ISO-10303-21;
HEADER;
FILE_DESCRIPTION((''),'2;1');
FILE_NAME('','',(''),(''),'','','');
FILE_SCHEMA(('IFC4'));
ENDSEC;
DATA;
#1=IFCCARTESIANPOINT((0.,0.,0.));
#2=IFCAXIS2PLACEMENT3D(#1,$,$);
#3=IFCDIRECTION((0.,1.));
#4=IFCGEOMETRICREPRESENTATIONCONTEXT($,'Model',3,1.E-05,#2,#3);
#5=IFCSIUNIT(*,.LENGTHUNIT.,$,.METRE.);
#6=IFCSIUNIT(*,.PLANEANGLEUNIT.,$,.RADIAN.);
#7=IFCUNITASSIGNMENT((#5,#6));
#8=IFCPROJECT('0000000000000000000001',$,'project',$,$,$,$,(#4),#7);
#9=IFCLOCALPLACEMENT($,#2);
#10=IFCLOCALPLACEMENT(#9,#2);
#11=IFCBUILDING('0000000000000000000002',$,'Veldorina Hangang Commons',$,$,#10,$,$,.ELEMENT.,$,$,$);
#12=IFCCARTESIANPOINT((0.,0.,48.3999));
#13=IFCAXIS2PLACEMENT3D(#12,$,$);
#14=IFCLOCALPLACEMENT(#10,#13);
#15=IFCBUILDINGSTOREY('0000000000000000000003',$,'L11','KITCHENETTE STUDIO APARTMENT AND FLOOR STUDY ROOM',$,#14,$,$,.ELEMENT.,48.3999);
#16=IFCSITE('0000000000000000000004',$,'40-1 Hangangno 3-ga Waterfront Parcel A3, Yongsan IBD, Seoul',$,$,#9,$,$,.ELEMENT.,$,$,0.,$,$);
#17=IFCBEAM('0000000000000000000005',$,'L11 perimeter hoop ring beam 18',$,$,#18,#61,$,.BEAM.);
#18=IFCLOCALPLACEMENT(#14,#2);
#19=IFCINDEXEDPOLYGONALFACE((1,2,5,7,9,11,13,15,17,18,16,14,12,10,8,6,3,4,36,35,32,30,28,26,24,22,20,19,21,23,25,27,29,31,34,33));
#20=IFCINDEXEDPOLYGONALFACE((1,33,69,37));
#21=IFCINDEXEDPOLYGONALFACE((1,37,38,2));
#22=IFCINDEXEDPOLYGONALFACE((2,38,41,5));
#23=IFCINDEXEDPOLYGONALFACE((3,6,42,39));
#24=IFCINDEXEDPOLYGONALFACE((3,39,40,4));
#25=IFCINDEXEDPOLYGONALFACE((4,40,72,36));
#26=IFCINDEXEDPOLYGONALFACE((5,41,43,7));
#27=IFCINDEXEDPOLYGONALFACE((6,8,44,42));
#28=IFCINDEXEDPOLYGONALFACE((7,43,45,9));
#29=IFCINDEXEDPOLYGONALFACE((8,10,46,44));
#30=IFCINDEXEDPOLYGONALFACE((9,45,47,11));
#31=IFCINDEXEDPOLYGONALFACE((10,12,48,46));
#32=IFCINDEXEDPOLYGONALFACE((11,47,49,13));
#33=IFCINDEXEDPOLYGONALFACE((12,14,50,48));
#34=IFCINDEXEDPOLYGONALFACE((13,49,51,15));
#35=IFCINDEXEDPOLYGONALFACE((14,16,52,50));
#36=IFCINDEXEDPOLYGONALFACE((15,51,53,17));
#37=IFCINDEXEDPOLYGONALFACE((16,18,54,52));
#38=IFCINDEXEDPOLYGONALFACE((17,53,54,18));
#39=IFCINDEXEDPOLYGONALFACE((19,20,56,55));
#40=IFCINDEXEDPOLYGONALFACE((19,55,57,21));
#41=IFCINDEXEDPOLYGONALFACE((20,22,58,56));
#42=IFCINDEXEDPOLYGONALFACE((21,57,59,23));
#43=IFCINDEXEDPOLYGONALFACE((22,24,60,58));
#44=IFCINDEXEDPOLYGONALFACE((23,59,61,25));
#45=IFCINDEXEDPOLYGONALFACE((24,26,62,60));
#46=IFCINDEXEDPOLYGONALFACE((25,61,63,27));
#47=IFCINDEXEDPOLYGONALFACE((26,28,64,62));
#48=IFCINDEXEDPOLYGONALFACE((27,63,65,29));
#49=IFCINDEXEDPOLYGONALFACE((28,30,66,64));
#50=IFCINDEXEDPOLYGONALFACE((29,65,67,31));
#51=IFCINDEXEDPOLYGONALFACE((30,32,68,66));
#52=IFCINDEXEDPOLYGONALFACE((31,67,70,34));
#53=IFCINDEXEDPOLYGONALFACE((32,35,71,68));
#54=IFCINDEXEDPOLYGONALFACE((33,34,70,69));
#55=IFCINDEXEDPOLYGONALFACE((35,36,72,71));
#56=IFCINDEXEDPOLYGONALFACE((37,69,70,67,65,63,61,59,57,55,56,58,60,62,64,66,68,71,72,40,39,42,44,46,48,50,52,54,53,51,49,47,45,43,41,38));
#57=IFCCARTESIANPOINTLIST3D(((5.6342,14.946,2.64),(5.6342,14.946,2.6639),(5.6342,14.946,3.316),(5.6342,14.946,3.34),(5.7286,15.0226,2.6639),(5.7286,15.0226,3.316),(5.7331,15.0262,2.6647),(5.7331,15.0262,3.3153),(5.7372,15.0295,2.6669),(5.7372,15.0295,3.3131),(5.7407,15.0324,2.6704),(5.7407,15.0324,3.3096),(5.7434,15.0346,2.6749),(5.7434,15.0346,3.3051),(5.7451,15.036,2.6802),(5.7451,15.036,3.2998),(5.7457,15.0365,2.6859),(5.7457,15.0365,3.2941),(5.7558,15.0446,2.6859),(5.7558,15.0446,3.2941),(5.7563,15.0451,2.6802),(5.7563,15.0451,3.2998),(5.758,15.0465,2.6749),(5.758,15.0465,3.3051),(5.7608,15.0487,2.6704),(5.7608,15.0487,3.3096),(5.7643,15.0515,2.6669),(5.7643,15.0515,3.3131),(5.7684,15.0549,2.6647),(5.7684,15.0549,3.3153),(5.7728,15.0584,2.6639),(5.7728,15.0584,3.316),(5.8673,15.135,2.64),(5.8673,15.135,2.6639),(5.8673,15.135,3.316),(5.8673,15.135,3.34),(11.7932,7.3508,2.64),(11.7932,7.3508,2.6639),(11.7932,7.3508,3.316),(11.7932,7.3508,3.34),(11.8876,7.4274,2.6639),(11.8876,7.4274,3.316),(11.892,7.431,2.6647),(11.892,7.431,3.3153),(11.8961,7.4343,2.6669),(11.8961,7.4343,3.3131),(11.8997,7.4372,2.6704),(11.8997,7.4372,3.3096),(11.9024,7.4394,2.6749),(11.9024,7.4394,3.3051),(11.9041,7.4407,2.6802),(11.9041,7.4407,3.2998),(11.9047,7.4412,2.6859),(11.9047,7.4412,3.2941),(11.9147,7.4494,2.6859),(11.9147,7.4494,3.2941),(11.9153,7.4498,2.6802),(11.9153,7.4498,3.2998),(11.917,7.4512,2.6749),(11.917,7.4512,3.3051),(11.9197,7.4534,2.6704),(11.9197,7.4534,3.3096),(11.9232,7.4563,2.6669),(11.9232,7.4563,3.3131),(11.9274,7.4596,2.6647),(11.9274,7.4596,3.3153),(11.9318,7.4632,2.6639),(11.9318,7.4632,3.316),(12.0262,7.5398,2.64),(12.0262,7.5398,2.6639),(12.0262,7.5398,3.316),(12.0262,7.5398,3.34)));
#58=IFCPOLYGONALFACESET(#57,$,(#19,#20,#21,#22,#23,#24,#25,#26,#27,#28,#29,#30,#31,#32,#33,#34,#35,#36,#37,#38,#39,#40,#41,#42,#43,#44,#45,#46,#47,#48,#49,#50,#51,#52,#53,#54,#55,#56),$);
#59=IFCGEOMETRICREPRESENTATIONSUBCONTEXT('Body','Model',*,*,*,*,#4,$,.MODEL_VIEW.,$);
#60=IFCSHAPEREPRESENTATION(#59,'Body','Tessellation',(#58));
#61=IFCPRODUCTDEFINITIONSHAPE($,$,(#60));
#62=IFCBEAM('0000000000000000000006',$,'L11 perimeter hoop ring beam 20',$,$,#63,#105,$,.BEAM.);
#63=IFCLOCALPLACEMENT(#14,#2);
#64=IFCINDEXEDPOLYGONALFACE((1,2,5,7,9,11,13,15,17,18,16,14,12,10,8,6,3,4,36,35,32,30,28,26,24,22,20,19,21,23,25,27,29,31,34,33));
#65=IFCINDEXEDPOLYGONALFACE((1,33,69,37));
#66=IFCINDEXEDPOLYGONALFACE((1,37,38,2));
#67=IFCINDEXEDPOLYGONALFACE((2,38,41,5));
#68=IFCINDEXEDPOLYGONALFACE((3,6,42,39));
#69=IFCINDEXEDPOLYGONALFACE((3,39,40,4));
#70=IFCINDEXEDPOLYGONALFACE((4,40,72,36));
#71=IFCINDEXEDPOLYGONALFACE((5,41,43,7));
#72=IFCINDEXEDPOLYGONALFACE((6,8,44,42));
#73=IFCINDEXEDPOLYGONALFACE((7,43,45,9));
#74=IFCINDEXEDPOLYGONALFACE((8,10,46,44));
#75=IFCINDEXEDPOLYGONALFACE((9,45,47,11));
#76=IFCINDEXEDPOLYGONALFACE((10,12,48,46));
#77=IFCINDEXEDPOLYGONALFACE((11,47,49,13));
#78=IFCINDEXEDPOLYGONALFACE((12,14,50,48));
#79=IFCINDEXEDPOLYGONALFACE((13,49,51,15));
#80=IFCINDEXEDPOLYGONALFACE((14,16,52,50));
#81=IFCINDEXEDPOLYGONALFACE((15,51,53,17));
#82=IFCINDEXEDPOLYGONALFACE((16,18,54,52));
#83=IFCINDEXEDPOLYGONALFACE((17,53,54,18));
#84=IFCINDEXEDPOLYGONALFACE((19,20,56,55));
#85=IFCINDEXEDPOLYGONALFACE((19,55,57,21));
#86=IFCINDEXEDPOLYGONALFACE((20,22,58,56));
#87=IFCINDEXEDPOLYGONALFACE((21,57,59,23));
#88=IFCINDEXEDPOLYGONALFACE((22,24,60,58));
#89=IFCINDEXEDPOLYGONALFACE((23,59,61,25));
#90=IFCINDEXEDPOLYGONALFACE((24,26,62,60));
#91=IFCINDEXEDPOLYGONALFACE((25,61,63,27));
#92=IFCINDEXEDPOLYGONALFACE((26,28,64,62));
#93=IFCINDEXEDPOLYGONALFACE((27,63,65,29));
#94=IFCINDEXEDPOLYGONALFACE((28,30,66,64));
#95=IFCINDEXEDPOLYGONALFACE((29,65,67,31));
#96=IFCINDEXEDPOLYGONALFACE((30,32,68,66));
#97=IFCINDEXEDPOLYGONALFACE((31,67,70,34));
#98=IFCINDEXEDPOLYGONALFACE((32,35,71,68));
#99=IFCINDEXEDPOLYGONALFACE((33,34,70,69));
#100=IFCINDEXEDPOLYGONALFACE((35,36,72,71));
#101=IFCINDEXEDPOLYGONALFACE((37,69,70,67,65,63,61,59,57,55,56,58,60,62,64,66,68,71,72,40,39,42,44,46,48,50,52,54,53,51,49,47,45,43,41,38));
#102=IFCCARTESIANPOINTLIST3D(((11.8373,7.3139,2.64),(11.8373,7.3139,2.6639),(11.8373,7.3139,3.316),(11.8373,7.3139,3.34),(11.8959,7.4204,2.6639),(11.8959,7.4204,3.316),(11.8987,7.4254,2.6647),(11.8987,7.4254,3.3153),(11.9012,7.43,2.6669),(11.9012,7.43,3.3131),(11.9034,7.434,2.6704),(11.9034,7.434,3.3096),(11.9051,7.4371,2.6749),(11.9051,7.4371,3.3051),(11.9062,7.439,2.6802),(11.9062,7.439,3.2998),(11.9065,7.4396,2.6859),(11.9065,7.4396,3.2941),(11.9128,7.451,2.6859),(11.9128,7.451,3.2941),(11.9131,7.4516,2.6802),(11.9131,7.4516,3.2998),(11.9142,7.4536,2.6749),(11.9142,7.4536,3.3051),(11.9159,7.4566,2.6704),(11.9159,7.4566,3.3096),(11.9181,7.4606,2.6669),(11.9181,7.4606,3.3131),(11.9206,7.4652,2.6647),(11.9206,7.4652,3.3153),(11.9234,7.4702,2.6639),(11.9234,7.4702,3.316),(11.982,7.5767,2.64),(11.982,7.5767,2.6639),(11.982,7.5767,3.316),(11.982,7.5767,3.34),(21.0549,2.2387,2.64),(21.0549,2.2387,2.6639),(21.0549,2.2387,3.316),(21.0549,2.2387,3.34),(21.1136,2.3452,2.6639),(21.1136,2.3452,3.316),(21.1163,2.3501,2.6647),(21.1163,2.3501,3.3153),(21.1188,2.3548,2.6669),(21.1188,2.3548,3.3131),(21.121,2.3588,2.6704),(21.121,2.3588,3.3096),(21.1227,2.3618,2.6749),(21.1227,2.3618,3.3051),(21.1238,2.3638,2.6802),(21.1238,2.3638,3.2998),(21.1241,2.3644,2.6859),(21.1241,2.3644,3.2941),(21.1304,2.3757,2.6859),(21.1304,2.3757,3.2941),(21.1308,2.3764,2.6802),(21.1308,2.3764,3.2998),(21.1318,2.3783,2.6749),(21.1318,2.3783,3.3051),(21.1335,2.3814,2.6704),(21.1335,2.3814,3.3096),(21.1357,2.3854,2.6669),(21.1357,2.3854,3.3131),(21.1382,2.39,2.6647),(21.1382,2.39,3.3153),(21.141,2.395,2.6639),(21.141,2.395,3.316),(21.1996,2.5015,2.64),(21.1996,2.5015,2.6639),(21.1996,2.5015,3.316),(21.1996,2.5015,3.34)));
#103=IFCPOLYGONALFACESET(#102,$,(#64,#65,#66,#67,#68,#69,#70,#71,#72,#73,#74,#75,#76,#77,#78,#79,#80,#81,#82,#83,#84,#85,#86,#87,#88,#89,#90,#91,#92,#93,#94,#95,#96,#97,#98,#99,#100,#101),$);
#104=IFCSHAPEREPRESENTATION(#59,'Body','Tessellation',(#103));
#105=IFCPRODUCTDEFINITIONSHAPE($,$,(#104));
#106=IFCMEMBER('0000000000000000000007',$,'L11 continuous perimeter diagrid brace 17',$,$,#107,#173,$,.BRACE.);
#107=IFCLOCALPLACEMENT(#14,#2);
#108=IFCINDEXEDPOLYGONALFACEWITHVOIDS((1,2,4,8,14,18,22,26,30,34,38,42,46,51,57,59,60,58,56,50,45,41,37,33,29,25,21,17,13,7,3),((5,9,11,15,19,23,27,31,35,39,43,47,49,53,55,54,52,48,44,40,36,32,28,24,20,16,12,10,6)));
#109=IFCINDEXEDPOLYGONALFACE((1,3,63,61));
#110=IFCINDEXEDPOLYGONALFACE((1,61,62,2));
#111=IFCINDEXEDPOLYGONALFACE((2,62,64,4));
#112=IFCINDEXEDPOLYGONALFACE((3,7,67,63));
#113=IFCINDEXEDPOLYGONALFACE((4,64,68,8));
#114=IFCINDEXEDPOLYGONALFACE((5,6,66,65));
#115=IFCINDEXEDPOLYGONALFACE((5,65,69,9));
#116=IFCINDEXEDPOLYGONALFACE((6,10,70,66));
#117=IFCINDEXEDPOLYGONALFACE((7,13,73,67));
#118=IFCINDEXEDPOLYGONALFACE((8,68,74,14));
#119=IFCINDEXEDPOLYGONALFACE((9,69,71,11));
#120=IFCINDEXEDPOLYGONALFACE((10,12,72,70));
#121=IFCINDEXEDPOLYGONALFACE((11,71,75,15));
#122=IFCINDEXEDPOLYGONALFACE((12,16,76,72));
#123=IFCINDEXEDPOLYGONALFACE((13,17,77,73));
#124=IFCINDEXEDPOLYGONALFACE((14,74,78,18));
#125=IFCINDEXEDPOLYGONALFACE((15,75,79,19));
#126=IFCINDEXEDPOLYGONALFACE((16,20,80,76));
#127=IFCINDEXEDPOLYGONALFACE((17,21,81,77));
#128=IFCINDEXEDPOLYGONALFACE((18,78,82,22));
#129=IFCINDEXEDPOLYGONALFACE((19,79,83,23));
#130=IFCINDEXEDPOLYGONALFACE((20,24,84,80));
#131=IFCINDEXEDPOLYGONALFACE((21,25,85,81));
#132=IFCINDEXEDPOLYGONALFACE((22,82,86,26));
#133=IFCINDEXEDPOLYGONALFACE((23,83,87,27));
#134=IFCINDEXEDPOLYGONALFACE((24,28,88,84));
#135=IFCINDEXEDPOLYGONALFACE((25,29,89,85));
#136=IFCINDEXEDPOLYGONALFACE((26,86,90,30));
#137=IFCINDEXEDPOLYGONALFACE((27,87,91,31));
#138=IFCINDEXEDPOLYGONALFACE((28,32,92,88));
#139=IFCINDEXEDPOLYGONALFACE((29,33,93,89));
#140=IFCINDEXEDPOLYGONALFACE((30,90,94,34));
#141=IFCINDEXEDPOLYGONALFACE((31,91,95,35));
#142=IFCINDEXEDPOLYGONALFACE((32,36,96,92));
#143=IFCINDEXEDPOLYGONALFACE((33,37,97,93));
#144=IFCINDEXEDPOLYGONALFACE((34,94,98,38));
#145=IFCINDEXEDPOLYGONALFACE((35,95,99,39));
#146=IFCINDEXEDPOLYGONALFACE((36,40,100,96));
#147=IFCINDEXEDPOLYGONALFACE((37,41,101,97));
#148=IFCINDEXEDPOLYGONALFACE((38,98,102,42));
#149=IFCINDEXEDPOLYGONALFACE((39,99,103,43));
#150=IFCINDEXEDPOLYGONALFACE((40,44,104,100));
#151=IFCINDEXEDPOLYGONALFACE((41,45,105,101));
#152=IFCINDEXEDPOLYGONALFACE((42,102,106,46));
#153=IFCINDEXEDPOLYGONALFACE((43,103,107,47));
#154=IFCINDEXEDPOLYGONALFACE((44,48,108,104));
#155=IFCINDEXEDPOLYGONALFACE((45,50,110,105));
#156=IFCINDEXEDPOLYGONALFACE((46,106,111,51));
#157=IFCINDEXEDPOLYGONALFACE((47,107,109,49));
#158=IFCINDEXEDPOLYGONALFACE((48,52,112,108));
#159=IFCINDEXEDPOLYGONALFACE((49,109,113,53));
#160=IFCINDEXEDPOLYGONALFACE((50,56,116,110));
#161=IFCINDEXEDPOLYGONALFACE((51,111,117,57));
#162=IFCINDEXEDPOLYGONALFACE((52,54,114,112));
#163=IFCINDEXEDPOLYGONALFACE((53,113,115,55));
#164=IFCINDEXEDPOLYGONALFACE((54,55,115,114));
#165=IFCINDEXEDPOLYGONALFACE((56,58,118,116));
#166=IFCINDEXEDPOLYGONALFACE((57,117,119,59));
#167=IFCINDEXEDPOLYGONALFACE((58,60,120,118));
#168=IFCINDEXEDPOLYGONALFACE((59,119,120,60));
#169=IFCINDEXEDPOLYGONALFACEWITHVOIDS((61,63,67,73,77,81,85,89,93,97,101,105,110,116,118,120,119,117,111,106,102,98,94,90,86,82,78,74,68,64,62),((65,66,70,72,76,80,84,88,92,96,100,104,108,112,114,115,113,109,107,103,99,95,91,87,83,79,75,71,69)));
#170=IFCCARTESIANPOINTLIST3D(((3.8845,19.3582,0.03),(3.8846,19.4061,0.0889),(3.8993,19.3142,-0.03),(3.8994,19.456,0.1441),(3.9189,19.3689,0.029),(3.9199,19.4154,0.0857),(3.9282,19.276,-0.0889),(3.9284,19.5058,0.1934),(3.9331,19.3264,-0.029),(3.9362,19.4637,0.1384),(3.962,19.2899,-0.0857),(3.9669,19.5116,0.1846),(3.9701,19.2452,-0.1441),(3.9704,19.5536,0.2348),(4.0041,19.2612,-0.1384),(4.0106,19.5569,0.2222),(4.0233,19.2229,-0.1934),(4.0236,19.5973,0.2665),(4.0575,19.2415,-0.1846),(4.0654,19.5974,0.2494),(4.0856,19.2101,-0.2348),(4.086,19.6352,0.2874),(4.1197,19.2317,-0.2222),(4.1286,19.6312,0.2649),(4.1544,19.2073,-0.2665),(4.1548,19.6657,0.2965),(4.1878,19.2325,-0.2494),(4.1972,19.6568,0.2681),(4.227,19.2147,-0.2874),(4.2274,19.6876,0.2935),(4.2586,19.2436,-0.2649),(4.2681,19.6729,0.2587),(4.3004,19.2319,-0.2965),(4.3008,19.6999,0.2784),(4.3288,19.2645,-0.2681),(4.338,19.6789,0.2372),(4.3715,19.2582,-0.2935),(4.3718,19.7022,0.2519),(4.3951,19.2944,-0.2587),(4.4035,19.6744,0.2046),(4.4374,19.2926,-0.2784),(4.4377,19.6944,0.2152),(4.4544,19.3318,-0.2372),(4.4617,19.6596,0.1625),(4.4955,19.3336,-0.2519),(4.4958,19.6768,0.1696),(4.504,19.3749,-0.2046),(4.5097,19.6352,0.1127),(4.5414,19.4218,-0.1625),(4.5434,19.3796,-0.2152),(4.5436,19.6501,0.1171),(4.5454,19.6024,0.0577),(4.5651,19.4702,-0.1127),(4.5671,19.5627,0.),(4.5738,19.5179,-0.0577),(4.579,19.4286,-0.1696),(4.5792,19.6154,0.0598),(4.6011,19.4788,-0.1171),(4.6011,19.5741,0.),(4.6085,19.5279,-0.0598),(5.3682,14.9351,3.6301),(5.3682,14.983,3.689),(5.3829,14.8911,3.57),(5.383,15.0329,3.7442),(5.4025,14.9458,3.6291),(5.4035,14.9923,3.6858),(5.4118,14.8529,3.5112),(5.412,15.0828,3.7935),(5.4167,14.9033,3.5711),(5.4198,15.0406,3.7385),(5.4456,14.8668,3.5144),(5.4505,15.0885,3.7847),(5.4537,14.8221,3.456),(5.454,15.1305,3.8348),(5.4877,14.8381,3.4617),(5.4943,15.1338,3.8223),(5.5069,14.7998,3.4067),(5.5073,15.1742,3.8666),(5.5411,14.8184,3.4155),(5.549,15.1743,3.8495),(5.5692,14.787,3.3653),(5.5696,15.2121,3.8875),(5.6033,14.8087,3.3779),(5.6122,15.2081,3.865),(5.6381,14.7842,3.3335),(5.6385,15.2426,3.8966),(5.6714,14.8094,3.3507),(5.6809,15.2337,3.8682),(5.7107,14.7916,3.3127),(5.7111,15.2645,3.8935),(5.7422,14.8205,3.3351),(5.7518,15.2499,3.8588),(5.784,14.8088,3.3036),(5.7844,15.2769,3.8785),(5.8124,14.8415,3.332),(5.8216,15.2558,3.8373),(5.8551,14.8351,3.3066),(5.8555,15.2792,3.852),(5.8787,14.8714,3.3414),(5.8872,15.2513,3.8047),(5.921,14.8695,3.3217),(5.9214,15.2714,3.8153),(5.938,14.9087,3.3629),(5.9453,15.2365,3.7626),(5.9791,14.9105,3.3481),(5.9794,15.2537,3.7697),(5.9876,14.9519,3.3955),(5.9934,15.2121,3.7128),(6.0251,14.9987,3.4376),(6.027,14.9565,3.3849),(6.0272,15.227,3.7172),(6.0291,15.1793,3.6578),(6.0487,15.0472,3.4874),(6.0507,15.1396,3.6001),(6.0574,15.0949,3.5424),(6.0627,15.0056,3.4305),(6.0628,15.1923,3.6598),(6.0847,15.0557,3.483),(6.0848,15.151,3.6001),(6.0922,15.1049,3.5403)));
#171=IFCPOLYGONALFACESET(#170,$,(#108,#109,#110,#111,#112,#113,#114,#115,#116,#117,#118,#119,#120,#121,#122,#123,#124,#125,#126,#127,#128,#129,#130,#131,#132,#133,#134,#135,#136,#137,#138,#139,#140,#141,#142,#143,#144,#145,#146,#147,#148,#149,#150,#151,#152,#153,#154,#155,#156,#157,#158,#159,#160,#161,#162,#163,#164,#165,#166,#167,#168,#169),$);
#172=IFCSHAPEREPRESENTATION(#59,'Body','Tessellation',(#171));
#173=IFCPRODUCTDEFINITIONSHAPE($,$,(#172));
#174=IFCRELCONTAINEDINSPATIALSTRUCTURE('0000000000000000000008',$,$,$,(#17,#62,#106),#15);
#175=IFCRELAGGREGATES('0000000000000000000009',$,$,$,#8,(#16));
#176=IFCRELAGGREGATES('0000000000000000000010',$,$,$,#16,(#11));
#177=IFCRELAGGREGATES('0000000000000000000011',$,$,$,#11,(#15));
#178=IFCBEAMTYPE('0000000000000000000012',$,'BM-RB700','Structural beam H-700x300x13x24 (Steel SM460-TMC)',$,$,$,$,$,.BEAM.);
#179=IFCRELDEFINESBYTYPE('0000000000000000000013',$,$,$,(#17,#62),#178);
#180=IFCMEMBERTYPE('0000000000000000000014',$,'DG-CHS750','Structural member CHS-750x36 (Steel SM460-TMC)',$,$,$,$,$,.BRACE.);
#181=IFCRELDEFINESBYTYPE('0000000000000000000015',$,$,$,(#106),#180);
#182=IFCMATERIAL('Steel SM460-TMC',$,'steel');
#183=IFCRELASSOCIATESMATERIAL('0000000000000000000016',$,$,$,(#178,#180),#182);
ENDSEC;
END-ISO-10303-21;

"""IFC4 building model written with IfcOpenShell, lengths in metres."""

from ifc_helpers import new_model, si_unit, direction, frame, origin, origin_2d, place, context, subcontext, project, spatial, hollow_circle, i_section, extrude, material, material_profile, profile_set, type_object, element, save


model = new_model("IFC4")

# Units and contexts
model_context = context("Model", 3, precision=1e-05, world=origin(), true_north=direction((0.0, 1.0)))
body_context = subcontext(model_context, "Body", "Model", "MODEL_VIEW")
ifc_project = project(units=[si_unit("LENGTHUNIT", "METRE"), si_unit("PLANEANGLEUNIT", "RADIAN")], contexts=[model_context])

# Site, building, storey
site_placement = place(None, origin())
site = spatial("IfcSite", under=ifc_project, at=site_placement, Name="40-1 Hangangno 3-ga Waterfront Parcel A3, Yongsan IBD, Seoul", CompositionType="ELEMENT", RefElevation=0.0)
building_placement = place(site_placement, origin())
building = spatial("IfcBuilding", under=site, at=building_placement, Name="Veldorina Hangang Commons", CompositionType="ELEMENT")
storey_placement = place(building_placement, frame((0.0, 0.0, 48.3999)))
storey = spatial("IfcBuildingStorey", under=building, at=storey_placement, Name="L11", Description="KITCHENETTE STUDIO APARTMENT AND FLOOR STUDY ROOM", CompositionType="ELEMENT", Elevation=48.3999)

# Beams
ifc_material_1 = material(Name="Steel SM460-TMC", Category="steel")
ifc_material_profile_1 = material_profile(ifc_material_1, i_section(OverallWidth=0.3, OverallDepth=0.7, WebThickness=0.0129, FlangeThickness=0.0239, FilletRadius=0.022, at=origin_2d()), Name="H-700x300x13x24")
ifc_profile_set_1 = profile_set([ifc_material_profile_1], Name="Steel SM460-TMC")
beam_type = type_object("IfcBeamType", Name="BM-RB700", Description="Structural beam H-700x300x13x24 (Steel SM460-TMC)", PredefinedType="BEAM", material=ifc_profile_set_1)
beam_1_placement = place(storey_placement, frame((5.7507, 15.0405, 2.99), z_axis=(0.629842, -0.776723, 0.0), x_axis=(0.776723, 0.629842, 0.0)))
element("IfcBeam", 1, at=beam_1_placement, inside=storey, type_object=beam_type, Name="L11 perimeter hoop ring beam 18", PredefinedType="BEAM", context=body_context, shape_type="SweptSolid", body=[
    extrude(i_section(OverallWidth=0.3, OverallDepth=0.7, WebThickness=0.0129, FlangeThickness=0.0239, FilletRadius=0.022, at=origin_2d()), origin(), (0.0, 0.0, 1.0), 9.7786),
])
beam_2_placement = place(storey_placement, frame((11.9097, 7.4453, 2.99), z_axis=(0.875993, -0.482324, 0.0), x_axis=(0.482324, 0.875993, 0.0)))
element("IfcBeam", 2, at=beam_2_placement, inside=storey, type_object=beam_type, Name="L11 perimeter hoop ring beam 20", PredefinedType="BEAM", context=body_context, shape_type="SweptSolid", body=[
    extrude(i_section(OverallWidth=0.3, OverallDepth=0.7, WebThickness=0.0129, FlangeThickness=0.0239, FilletRadius=0.022, at=origin_2d()), origin(), (0.0, 0.0, 1.0), 10.5225),
])

# Member
ifc_material_profile_2 = material_profile(ifc_material_1, hollow_circle(Radius=0.375, WallThickness=0.0359, at=origin_2d()), Name="CHS-750x36")
ifc_profile_set_2 = profile_set([ifc_material_profile_2], Name="Steel SM460-TMC")
member_type = type_object("IfcMemberType", Name="DG-CHS750", Description="Structural member CHS-750x36 (Steel SM460-TMC)", PredefinedType="BRACE", material=ifc_profile_set_2)
member_1_placement = place(storey_placement, frame((4.2456, 19.4548, 0.0), z_axis=(0.25177, -0.750587, 0.610926), x_axis=(0.948085, 0.318017, 0.0)))
element("IfcMember", 3, at=member_1_placement, inside=storey, type_object=member_type, Name="L11 continuous perimeter diagrid brace 17", PredefinedType="BRACE", context=body_context, shape_type="SweptSolid", body=[
    extrude(hollow_circle(Radius=0.375, WallThickness=0.0359, at=origin_2d()), origin(), (0.0, 0.0, 1.0), 5.8928),
])

save(model, "model.ifc")
